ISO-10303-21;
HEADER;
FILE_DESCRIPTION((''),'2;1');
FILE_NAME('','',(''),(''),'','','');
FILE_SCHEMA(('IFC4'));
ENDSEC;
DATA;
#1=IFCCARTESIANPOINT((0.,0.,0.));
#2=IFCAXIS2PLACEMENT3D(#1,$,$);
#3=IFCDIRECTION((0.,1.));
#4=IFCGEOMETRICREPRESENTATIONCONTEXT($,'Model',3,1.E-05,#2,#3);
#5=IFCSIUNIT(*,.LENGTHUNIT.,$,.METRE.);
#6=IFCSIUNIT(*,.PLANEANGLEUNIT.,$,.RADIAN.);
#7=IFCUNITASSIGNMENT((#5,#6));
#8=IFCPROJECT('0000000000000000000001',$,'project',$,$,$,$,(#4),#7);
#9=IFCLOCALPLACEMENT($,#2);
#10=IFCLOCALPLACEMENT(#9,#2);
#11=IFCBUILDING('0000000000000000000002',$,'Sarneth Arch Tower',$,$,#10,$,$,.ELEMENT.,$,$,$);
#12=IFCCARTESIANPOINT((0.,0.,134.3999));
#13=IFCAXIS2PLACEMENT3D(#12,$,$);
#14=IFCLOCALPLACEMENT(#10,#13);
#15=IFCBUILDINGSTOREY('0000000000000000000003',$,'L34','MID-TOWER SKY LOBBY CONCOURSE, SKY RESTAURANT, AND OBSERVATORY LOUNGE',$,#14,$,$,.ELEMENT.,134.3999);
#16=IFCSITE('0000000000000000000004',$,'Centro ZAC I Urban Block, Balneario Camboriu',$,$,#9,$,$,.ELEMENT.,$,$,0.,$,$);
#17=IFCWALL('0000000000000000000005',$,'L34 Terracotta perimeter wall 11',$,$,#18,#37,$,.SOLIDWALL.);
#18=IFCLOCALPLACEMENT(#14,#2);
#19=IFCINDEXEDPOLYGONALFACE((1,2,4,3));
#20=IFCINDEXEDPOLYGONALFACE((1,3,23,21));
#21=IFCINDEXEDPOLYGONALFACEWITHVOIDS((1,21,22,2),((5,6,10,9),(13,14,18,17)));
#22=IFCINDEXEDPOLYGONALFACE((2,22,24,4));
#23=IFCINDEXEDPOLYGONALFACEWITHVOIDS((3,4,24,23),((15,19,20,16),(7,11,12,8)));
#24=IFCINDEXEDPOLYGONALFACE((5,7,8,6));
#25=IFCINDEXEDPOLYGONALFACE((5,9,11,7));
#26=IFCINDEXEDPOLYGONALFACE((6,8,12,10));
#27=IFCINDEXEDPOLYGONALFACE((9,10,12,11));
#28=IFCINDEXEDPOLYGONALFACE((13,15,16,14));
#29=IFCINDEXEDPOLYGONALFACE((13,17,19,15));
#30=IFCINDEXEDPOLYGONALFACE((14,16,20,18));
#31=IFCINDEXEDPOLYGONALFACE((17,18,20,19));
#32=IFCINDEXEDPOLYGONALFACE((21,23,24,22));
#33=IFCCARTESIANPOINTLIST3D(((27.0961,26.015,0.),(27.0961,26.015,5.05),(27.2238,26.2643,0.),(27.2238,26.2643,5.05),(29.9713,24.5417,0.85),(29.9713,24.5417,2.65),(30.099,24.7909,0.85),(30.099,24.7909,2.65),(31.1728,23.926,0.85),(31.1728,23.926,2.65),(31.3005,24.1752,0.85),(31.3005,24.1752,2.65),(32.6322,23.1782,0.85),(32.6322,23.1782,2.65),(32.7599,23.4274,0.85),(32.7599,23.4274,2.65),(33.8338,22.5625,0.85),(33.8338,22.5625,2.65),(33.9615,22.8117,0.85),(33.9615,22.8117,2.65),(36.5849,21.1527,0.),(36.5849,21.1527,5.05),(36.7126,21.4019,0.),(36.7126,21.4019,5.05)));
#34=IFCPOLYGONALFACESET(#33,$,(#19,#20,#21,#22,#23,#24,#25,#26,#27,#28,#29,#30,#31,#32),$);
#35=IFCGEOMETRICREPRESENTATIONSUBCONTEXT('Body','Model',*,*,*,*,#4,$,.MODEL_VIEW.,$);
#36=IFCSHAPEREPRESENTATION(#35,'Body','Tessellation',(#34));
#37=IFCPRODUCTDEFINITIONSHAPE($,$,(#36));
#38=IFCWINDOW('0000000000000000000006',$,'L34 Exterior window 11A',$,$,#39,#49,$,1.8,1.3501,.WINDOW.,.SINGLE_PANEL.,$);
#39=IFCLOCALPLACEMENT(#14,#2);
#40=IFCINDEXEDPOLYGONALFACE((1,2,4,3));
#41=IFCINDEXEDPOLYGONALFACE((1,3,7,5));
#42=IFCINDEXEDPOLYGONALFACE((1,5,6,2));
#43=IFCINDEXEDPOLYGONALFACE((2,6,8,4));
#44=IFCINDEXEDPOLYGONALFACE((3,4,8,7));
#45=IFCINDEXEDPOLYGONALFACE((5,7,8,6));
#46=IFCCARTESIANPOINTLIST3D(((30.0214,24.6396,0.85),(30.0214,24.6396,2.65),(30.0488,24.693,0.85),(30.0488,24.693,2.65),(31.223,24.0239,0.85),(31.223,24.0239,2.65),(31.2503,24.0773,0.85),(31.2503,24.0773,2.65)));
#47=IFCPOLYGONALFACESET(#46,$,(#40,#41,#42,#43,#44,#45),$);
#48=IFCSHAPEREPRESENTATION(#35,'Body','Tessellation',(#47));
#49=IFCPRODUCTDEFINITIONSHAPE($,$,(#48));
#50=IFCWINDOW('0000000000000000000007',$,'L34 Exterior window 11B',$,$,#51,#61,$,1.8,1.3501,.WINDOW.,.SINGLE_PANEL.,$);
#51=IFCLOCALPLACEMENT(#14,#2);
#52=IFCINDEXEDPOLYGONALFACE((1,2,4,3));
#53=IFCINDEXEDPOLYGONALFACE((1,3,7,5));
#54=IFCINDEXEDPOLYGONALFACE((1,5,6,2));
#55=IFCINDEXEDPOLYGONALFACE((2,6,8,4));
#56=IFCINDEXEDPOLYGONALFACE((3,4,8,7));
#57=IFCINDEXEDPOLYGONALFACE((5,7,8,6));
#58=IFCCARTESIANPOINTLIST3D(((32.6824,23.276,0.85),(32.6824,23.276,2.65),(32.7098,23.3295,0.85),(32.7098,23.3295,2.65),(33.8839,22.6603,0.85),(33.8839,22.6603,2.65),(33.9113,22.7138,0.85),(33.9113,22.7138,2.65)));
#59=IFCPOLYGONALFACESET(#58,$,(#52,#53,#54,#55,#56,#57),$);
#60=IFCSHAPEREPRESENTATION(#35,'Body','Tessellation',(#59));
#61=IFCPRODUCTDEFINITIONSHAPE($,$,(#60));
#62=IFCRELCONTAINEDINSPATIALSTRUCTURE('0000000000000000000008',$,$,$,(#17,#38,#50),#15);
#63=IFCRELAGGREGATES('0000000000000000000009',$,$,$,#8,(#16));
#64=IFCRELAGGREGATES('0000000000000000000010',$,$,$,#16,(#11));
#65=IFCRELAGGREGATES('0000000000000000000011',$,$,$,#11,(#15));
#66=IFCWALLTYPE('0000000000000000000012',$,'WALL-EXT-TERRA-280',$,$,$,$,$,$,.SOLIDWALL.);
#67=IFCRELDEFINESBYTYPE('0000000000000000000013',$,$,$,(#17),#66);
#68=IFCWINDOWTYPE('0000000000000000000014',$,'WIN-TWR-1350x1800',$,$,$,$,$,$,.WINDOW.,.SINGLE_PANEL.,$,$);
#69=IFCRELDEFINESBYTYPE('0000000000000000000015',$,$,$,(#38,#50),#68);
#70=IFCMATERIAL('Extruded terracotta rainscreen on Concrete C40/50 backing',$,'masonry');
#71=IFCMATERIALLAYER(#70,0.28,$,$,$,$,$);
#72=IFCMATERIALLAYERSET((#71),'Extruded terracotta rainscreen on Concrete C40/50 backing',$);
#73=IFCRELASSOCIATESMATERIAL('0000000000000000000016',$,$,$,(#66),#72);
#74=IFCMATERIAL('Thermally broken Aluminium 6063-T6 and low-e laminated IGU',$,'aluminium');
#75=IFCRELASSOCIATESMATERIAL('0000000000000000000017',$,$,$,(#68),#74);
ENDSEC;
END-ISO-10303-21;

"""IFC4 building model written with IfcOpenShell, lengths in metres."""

from ifc_helpers import new_model, si_unit, direction, frame, frame_2d, origin, place, context, subcontext, project, spatial, rectangle, extrude, material, layer, layer_set, type_object, element, fill, save


model = new_model("IFC4")

# Units and contexts
model_context = context("Model", 3, precision=1e-05, world=origin(), true_north=direction((0.0, 1.0)))
body_context = subcontext(model_context, "Body", "Model", "MODEL_VIEW")
ifc_project = project(units=[si_unit("LENGTHUNIT", "METRE"), si_unit("PLANEANGLEUNIT", "RADIAN")], contexts=[model_context])

# Site, building, storey
site_placement = place(None, origin())
site = spatial("IfcSite", under=ifc_project, at=site_placement, Name="Centro ZAC I Urban Block, Balneario Camboriu", CompositionType="ELEMENT", RefElevation=0.0)
building_placement = place(site_placement, origin())
building = spatial("IfcBuilding", under=site, at=building_placement, Name="Sarneth Arch Tower", CompositionType="ELEMENT")
storey_placement = place(building_placement, frame((0.0, 0.0, 134.3999)))
storey = spatial("IfcBuildingStorey", under=building, at=storey_placement, Name="L34", Description="MID-TOWER SKY LOBBY CONCOURSE, SKY RESTAURANT, AND OBSERVATORY LOUNGE", CompositionType="ELEMENT", Elevation=134.3999)

# Wall, openings, windows
ifc_material_1 = material(Name="Extruded terracotta rainscreen on Concrete C40/50 backing", Category="masonry")
ifc_layer_1 = layer(ifc_material_1, 0.28)
ifc_layer_set_1 = layer_set([ifc_layer_1], Name="Extruded terracotta rainscreen on Concrete C40/50 backing")
wall_type_1 = type_object("IfcWallType", Name="WALL-EXT-TERRA-280", PredefinedType="SOLIDWALL", material=ifc_layer_set_1)
wall_1_placement = place(storey_placement, frame((27.1599, 26.1396, 0.0), z_axis=(0.0, 0.0, 1.0), x_axis=(0.88996, -0.45604, 0.0)))
wall_1 = element("IfcWall", 1, at=wall_1_placement, inside=storey, type_object=wall_type_1, Name="L34 Terracotta perimeter wall 11", PredefinedType="SOLIDWALL", context=body_context, shape_type="SweptSolid", body=[
    extrude(rectangle(XDim=10.6621, YDim=0.28, at=frame_2d((5.3311, 0.0))), origin(), (0.0, 0.0, 1.0), 5.05),
])
opening_1_placement = place(wall_1_placement, frame((3.2307, 0.0, 0.8501)))
opening_1 = element("IfcOpeningElement", 2, at=opening_1_placement, cuts=wall_1, PredefinedType="OPENING", context=body_context, shape_type="SweptSolid", body=[
    extrude(rectangle(XDim=1.3501, YDim=1.8, at=frame_2d((0.675, 0.8999))), frame((0.0, 0.1499, 0.0), z_axis=(0.0, -1.0, 0.0), x_axis=(1.0, 0.0, 0.0)), (0.0, 0.0, 1.0), 0.3),
])
opening_2_placement = place(wall_1_placement, frame((6.2207, 0.0, 0.8501)))
opening_2 = element("IfcOpeningElement", 3, at=opening_2_placement, cuts=wall_1, PredefinedType="OPENING", context=body_context, shape_type="SweptSolid", body=[
    extrude(rectangle(XDim=1.3501, YDim=1.8, at=frame_2d((0.675, 0.8999))), frame((0.0, 0.1499, 0.0), z_axis=(0.0, -1.0, 0.0), x_axis=(1.0, 0.0, 0.0)), (0.0, 0.0, 1.0), 0.3),
])
ifc_material_2 = material(Name="Thermally broken Aluminium 6063-T6 and low-e laminated IGU", Category="aluminium")
window_type = type_object("IfcWindowType", Name="WIN-TWR-1350x1800", PartitioningType="SINGLE_PANEL", PredefinedType="WINDOW", material=ifc_material_2)
window_1_placement = place(opening_1_placement, origin())
window_1 = element("IfcWindow", 4, at=window_1_placement, inside=storey, type_object=window_type, Name="L34 Exterior window 11A", OverallHeight=1.8, OverallWidth=1.3501, PartitioningType="SINGLE_PANEL", PredefinedType="WINDOW", context=body_context, shape_type="SweptSolid", body=[
    extrude(rectangle(XDim=1.3501, YDim=1.8, at=frame_2d((0.675, 0.8999))), frame((0.0, 0.03, 0.0), z_axis=(0.0, -1.0, 0.0), x_axis=(1.0, 0.0, 0.0)), (0.0, 0.0, 1.0), 0.0601),
])
fill(opening_1, window_1)
window_2_placement = place(opening_2_placement, origin())
window_2 = element("IfcWindow", 5, at=window_2_placement, inside=storey, type_object=window_type, Name="L34 Exterior window 11B", OverallHeight=1.8, OverallWidth=1.3501, PartitioningType="SINGLE_PANEL", PredefinedType="WINDOW", context=body_context, shape_type="SweptSolid", body=[
    extrude(rectangle(XDim=1.3501, YDim=1.8, at=frame_2d((0.675, 0.8999))), frame((0.0, 0.03, 0.0), z_axis=(0.0, -1.0, 0.0), x_axis=(1.0, 0.0, 0.0)), (0.0, 0.0, 1.0), 0.0601),
])
fill(opening_2, window_2)

save(model, "model.ifc")
